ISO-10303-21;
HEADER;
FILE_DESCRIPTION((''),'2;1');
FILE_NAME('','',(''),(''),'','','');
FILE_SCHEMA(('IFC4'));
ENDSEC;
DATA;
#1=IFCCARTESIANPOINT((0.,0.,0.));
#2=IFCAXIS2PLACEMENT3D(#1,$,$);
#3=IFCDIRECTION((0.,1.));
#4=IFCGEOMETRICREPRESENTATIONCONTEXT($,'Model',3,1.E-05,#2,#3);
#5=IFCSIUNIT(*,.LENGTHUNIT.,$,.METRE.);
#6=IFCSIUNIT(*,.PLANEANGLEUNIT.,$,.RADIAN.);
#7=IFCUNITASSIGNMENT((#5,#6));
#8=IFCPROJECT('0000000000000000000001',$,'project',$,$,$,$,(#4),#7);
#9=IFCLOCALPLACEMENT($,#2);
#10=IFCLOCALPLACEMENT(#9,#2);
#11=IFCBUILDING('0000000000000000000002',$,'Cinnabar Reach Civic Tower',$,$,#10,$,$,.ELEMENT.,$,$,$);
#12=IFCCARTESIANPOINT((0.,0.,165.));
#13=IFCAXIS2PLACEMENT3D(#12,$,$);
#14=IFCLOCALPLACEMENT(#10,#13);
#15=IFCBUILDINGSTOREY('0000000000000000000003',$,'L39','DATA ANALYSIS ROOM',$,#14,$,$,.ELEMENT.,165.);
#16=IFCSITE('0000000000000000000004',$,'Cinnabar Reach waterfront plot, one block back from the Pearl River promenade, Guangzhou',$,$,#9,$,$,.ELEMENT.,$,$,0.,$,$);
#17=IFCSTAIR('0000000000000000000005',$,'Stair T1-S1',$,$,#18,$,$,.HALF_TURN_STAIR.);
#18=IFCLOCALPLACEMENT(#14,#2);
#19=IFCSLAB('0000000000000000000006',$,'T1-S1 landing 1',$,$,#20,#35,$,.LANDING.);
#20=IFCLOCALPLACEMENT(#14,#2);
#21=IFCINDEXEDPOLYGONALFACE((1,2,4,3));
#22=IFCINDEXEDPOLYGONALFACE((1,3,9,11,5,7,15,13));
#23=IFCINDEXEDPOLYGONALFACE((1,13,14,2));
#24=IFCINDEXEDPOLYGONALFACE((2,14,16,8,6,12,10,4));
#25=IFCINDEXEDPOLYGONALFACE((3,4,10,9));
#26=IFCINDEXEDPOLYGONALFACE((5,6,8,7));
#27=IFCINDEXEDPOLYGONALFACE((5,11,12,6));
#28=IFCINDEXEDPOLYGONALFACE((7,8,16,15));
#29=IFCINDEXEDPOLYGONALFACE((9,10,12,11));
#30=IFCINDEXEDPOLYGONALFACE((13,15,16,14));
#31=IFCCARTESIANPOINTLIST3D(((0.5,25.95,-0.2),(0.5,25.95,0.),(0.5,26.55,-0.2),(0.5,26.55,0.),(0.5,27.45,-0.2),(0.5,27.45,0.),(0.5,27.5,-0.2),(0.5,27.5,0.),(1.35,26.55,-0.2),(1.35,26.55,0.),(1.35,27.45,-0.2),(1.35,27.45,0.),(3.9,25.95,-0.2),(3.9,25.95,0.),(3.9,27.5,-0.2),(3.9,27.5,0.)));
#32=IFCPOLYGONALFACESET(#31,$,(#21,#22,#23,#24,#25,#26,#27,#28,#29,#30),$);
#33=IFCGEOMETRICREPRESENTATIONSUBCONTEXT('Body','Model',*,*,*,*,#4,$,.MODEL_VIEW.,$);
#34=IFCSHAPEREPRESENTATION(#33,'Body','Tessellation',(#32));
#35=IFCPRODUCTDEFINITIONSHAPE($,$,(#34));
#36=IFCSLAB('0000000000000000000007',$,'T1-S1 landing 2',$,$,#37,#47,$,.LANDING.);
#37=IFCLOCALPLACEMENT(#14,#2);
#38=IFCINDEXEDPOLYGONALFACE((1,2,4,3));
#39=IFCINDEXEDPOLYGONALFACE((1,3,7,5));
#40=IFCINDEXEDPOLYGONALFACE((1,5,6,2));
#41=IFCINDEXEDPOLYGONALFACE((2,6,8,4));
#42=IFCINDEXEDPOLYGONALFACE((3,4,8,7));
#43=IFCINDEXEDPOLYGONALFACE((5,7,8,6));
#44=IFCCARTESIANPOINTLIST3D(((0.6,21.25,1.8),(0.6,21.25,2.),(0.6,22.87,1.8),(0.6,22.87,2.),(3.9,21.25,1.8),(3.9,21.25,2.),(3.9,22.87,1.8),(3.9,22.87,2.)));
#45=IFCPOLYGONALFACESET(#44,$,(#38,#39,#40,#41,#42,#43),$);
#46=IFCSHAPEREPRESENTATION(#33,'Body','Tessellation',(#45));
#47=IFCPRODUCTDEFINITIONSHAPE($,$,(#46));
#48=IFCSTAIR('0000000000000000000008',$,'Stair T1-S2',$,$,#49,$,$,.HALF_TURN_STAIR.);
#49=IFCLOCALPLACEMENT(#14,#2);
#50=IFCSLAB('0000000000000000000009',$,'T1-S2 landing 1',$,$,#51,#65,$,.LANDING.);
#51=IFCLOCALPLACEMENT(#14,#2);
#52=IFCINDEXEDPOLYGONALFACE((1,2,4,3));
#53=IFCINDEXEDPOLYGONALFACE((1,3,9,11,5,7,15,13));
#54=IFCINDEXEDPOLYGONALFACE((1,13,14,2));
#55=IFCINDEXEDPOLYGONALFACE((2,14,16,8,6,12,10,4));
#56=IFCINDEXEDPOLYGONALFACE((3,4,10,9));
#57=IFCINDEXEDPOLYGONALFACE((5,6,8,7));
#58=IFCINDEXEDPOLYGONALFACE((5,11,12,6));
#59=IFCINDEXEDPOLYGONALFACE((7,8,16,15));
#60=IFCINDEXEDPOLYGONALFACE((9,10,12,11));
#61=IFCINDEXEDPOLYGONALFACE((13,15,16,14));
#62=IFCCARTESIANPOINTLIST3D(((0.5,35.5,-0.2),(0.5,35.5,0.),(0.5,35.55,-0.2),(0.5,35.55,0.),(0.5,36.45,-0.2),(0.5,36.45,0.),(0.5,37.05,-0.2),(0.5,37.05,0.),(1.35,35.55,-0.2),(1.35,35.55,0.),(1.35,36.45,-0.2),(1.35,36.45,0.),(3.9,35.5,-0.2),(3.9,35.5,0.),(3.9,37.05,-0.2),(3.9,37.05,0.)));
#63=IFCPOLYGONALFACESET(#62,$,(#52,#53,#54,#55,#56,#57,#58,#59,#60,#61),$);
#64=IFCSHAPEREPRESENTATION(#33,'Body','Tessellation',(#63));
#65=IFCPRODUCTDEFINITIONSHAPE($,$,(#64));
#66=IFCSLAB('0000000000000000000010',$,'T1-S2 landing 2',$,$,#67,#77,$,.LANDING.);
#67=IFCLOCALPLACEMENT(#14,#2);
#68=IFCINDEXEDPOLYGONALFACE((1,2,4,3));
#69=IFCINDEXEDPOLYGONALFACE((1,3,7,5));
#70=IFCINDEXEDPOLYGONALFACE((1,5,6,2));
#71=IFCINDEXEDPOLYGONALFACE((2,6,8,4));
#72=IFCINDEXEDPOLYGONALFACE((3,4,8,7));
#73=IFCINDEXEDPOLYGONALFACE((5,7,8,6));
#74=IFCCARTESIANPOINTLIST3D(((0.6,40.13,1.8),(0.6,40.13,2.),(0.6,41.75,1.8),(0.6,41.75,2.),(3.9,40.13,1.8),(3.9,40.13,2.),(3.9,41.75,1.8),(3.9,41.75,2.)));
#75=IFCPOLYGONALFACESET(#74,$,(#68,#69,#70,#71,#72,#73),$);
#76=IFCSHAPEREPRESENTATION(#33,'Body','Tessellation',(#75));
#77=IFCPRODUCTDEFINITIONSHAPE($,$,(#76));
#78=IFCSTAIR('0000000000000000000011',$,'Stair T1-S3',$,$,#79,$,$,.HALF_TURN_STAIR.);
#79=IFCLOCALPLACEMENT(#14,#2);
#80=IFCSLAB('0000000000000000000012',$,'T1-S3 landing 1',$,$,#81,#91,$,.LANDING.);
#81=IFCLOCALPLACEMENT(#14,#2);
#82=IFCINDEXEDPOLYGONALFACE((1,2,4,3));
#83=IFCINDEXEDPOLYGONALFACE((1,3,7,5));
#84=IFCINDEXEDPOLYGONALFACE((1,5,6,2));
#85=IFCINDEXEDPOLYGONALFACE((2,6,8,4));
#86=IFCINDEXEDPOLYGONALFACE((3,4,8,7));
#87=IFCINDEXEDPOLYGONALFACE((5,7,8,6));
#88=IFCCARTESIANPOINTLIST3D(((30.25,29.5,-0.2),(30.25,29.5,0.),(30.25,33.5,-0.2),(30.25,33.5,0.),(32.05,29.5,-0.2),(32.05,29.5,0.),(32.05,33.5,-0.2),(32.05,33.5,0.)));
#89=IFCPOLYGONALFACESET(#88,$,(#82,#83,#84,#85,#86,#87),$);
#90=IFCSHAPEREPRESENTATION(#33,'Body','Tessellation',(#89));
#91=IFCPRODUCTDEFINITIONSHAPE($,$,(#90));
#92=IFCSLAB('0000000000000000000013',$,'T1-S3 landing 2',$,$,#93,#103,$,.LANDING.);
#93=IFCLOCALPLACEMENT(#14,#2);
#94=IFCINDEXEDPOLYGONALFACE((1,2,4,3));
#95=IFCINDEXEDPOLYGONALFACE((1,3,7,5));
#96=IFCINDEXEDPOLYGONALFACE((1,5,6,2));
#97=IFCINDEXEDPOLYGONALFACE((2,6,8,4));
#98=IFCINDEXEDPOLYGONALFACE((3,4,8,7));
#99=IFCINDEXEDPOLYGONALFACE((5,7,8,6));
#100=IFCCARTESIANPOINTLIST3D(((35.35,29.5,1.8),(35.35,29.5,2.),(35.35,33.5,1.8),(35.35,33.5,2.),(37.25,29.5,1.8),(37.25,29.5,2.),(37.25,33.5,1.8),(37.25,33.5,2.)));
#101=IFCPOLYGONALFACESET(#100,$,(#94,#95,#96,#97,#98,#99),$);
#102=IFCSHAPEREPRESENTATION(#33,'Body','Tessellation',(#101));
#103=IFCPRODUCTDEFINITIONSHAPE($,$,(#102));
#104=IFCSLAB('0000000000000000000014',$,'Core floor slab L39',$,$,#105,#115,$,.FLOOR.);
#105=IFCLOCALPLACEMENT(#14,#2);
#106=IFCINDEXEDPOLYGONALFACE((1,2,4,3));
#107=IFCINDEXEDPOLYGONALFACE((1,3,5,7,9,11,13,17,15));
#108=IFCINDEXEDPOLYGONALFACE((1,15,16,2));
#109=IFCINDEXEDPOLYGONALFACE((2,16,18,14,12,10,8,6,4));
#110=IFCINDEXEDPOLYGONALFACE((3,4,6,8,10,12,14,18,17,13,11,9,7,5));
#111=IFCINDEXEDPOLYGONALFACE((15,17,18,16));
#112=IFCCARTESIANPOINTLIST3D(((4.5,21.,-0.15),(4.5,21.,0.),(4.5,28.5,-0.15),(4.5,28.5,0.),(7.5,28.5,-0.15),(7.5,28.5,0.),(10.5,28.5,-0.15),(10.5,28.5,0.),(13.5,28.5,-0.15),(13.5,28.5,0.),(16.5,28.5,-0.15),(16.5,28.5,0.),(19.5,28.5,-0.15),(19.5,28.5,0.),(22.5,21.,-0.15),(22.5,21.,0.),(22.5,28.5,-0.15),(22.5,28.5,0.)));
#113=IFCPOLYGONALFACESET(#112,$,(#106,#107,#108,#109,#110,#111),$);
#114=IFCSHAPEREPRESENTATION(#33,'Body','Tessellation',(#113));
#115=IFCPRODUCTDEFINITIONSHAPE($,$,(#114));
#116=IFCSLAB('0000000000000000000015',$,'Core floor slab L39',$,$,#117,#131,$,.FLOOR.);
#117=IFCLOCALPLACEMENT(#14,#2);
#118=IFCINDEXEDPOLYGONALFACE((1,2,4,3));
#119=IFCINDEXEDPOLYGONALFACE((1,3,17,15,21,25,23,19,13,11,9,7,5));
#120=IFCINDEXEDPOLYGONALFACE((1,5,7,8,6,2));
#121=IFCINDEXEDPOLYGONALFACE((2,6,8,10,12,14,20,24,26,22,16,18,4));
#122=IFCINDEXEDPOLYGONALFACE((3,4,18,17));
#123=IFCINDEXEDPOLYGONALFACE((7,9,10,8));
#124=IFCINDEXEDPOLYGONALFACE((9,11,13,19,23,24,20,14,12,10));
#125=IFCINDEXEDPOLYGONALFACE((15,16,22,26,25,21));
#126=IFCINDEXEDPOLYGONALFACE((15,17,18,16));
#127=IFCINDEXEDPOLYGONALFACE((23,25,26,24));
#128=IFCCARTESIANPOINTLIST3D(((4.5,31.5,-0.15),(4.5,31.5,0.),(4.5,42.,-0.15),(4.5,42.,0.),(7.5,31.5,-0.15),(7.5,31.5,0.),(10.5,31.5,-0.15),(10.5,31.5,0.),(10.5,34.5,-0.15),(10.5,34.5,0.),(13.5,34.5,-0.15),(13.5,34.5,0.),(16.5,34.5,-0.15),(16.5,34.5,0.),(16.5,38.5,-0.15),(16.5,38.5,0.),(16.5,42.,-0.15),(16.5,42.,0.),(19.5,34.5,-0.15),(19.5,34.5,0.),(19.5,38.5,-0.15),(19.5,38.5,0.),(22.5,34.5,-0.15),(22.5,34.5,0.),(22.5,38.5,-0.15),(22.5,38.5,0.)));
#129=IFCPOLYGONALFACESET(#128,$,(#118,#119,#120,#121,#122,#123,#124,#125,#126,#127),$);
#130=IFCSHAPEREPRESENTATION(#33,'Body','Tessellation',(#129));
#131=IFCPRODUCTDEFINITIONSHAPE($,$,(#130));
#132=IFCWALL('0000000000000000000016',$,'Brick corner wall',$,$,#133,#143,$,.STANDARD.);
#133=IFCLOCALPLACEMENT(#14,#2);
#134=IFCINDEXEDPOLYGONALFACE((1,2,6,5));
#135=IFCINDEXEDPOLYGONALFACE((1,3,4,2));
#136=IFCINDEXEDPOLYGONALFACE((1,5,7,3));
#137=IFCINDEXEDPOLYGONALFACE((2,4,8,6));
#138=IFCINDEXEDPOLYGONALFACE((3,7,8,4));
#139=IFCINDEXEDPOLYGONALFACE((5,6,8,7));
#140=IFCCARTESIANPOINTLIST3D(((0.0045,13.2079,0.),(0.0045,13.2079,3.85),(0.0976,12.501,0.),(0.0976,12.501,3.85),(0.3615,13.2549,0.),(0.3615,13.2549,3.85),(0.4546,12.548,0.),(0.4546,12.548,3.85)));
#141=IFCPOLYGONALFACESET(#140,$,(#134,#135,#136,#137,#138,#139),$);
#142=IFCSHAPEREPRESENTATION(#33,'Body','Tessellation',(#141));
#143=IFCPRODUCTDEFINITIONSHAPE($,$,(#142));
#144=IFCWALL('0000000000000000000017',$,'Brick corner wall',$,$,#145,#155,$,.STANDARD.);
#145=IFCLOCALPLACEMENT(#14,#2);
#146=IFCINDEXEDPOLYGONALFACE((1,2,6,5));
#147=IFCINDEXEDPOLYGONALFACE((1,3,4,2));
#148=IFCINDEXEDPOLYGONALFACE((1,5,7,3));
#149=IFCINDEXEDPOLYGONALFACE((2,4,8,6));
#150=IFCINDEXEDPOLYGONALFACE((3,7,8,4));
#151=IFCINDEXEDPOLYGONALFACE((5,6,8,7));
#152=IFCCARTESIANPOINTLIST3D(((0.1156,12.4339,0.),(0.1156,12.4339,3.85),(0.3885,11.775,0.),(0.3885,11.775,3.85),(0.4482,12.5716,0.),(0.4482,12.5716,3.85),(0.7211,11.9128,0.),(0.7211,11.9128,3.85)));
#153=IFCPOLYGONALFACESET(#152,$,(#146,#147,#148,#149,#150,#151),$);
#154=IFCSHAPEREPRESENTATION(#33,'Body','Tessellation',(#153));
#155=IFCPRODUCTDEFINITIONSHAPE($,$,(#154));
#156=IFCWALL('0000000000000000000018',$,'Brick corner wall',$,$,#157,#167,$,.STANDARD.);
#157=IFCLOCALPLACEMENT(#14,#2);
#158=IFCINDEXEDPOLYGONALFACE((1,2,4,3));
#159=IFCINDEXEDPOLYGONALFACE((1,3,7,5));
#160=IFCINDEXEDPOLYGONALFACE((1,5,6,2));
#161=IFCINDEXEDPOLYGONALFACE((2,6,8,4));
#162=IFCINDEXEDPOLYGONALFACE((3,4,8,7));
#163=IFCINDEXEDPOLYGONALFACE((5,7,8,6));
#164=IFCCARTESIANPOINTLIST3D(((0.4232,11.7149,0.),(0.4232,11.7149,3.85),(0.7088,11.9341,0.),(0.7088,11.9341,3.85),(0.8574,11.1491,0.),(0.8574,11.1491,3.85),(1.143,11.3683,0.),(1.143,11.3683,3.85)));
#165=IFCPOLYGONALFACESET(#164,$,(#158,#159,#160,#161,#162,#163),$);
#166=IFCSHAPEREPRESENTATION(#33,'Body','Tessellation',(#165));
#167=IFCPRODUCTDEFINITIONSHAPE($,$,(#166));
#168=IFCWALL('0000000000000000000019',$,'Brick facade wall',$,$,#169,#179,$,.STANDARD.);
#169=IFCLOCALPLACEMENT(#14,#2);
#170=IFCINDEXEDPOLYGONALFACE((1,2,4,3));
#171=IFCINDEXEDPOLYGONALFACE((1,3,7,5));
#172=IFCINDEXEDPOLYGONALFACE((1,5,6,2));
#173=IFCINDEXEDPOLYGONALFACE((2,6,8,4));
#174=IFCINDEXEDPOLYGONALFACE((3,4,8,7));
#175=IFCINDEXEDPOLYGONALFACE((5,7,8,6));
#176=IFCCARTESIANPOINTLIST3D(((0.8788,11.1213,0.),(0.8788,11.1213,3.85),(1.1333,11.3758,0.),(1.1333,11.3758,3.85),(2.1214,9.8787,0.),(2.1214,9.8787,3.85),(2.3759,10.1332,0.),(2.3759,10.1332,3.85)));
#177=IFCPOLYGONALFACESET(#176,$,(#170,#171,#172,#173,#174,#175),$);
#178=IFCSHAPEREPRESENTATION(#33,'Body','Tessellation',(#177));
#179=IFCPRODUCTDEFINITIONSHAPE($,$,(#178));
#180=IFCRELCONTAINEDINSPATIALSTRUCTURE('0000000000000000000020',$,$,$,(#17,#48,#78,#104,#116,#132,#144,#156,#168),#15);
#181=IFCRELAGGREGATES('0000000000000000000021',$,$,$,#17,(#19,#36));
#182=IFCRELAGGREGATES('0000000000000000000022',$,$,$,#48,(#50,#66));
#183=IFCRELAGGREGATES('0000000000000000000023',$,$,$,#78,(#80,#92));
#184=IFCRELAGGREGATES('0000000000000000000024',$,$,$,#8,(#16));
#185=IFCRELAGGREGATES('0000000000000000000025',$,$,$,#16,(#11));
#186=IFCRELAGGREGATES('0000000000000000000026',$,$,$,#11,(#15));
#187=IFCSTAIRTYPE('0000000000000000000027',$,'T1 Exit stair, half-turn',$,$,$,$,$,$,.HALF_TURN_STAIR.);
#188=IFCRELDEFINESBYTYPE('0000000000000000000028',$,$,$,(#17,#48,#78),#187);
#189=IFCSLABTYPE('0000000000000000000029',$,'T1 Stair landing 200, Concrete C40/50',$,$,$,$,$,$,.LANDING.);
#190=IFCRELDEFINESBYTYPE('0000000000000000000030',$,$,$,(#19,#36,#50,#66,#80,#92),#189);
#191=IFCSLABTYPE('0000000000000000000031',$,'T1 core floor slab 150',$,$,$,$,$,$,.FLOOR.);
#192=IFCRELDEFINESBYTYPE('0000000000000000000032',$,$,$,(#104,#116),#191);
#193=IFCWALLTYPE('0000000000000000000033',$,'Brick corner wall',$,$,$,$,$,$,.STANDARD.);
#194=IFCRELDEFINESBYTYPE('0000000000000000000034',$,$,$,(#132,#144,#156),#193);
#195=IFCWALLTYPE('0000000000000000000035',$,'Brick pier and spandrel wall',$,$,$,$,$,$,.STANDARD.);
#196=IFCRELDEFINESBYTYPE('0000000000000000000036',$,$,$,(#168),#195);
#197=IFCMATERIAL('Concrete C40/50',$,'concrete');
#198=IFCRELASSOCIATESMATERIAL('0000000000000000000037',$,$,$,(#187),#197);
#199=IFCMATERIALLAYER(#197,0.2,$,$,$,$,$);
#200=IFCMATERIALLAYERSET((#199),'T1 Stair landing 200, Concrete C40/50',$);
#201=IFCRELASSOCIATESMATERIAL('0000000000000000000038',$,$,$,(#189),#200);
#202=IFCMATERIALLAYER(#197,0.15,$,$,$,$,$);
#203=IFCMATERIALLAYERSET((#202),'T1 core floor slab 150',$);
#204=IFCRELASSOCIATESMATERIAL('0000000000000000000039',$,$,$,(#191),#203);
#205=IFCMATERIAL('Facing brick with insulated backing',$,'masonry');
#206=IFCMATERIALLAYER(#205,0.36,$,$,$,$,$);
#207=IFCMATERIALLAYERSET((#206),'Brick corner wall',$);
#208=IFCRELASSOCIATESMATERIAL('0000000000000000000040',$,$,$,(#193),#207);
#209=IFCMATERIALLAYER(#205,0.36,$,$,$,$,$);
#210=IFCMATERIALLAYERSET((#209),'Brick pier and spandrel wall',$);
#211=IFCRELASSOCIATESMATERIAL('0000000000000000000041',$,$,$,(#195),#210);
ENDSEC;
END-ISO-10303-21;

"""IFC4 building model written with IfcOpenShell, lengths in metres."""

from ifc_helpers import new_model, si_unit, direction, frame, frame_2d, origin, place, context, subcontext, project, spatial, polyline, rectangle, outline, extrude, material, layer, layer_set, type_object, element, aggregate, save


model = new_model("IFC4")

# Units and contexts
model_context = context("Model", 3, precision=1e-05, world=origin(), true_north=direction((0.0, 1.0)))
body_context = subcontext(model_context, "Body", "Model", "MODEL_VIEW")
ifc_project = project(units=[si_unit("LENGTHUNIT", "METRE"), si_unit("PLANEANGLEUNIT", "RADIAN")], contexts=[model_context])

# Site, building, storey
site_placement = place(None, origin())
site = spatial("IfcSite", under=ifc_project, at=site_placement, Name="Cinnabar Reach waterfront plot, one block back from the Pearl River promenade, Guangzhou", CompositionType="ELEMENT", RefElevation=0.0)
building_placement = place(site_placement, origin())
building = spatial("IfcBuilding", under=site, at=building_placement, Name="Cinnabar Reach Civic Tower", CompositionType="ELEMENT")
storey_placement = place(building_placement, frame((0.0, 0.0, 165.0)))
storey = spatial("IfcBuildingStorey", under=building, at=storey_placement, Name="L39", Description="DATA ANALYSIS ROOM", CompositionType="ELEMENT", Elevation=165.0)

# Stairs, slabs
ifc_material_1 = material(Name="Concrete C40/50", Category="concrete")
stair_type = type_object("IfcStairType", Name="T1 Exit stair, half-turn", PredefinedType="HALF_TURN_STAIR", material=ifc_material_1)
stair_1_placement = place(storey_placement, origin())
stair_1 = element("IfcStair", 1, at=stair_1_placement, inside=storey, type_object=stair_type, Name="Stair T1-S1", PredefinedType="HALF_TURN_STAIR")
ifc_layer_1 = layer(ifc_material_1, 0.2)
ifc_layer_set_1 = layer_set([ifc_layer_1], Name="T1 Stair landing 200, Concrete C40/50")
slab_type_1 = type_object("IfcSlabType", Name="T1 Stair landing 200, Concrete C40/50", PredefinedType="LANDING", material=ifc_layer_set_1)
slab_1_placement = place(storey_placement, frame((0.0, 0.0, -0.2)))
slab_1 = element("IfcSlab", 2, at=slab_1_placement, type_object=slab_type_1, Name="T1-S1 landing 1", PredefinedType="LANDING", context=body_context, shape_type="SweptSolid", body=[
    extrude(outline(polyline([(0.5, 27.5), (3.9, 27.5), (3.9, 25.95), (0.5, 25.95), (0.5, 26.55), (1.35, 26.55), (1.35, 27.45), (0.5, 27.45), (0.5, 27.5)])), origin(), (0.0, 0.0, 1.0), 0.2),
])
slab_2_placement = place(storey_placement, frame((0.0, 0.0, 1.8)))
slab_2 = element("IfcSlab", 3, at=slab_2_placement, type_object=slab_type_1, Name="T1-S1 landing 2", PredefinedType="LANDING", context=body_context, shape_type="SweptSolid", body=[
    extrude(outline(polyline([(0.6, 21.25), (0.6, 22.87), (3.9, 22.87), (3.9, 21.25), (0.6, 21.25)])), origin(), (0.0, 0.0, 1.0), 0.2),
])
aggregate(stair_1, [slab_1, slab_2])
stair_2_placement = place(storey_placement, origin())
stair_2 = element("IfcStair", 4, at=stair_2_placement, inside=storey, type_object=stair_type, Name="Stair T1-S2", PredefinedType="HALF_TURN_STAIR")
slab_3_placement = place(storey_placement, frame((0.0, 0.0, -0.2)))
slab_3 = element("IfcSlab", 5, at=slab_3_placement, type_object=slab_type_1, Name="T1-S2 landing 1", PredefinedType="LANDING", context=body_context, shape_type="SweptSolid", body=[
    extrude(outline(polyline([(0.5, 37.05), (3.9, 37.05), (3.9, 35.5), (0.5, 35.5), (0.5, 35.55), (1.35, 35.55), (1.35, 36.45), (0.5, 36.45), (0.5, 37.05)])), origin(), (0.0, 0.0, 1.0), 0.2),
])
slab_4_placement = place(storey_placement, frame((0.0, 0.0, 1.8)))
slab_4 = element("IfcSlab", 6, at=slab_4_placement, type_object=slab_type_1, Name="T1-S2 landing 2", PredefinedType="LANDING", context=body_context, shape_type="SweptSolid", body=[
    extrude(outline(polyline([(0.6, 40.13), (0.6, 41.75), (3.9, 41.75), (3.9, 40.13), (0.6, 40.13)])), origin(), (0.0, 0.0, 1.0), 0.2),
])
aggregate(stair_2, [slab_3, slab_4])
stair_3_placement = place(storey_placement, origin())
stair_3 = element("IfcStair", 7, at=stair_3_placement, inside=storey, type_object=stair_type, Name="Stair T1-S3", PredefinedType="HALF_TURN_STAIR")
slab_5_placement = place(storey_placement, frame((0.0, 0.0, -0.2)))
slab_5 = element("IfcSlab", 8, at=slab_5_placement, type_object=slab_type_1, Name="T1-S3 landing 1", PredefinedType="LANDING", context=body_context, shape_type="SweptSolid", body=[
    extrude(outline(polyline([(30.25, 29.5), (32.05, 29.5), (32.05, 33.5), (30.25, 33.5), (30.25, 29.5)])), origin(), (0.0, 0.0, 1.0), 0.2),
])
slab_6_placement = place(storey_placement, frame((0.0, 0.0, 1.8)))
slab_6 = element("IfcSlab", 9, at=slab_6_placement, type_object=slab_type_1, Name="T1-S3 landing 2", PredefinedType="LANDING", context=body_context, shape_type="SweptSolid", body=[
    extrude(outline(polyline([(35.35, 29.5), (37.25, 29.5), (37.25, 33.5), (35.35, 33.5), (35.35, 29.5)])), origin(), (0.0, 0.0, 1.0), 0.2),
])
aggregate(stair_3, [slab_5, slab_6])

# Slabs
ifc_layer_2 = layer(ifc_material_1, 0.15)
ifc_layer_set_2 = layer_set([ifc_layer_2], Name="T1 core floor slab 150")
slab_type_2 = type_object("IfcSlabType", Name="T1 core floor slab 150", PredefinedType="FLOOR", material=ifc_layer_set_2)
slab_7_placement = place(storey_placement, frame((0.0, 0.0, -0.15)))
element("IfcSlab", 10, at=slab_7_placement, inside=storey, type_object=slab_type_2, Name="Core floor slab L39", PredefinedType="FLOOR", context=body_context, shape_type="SweptSolid", body=[
    extrude(outline(polyline([(22.5, 21.0), (4.5, 21.0), (4.5, 28.5), (7.5, 28.5), (10.5, 28.5), (13.5, 28.5), (16.5, 28.5), (19.5, 28.5), (22.5, 28.5), (22.5, 21.0)])), origin(), (0.0, 0.0, 1.0), 0.15),
])
slab_8_placement = place(storey_placement, frame((0.0, 0.0, -0.15)))
element("IfcSlab", 11, at=slab_8_placement, inside=storey, type_object=slab_type_2, Name="Core floor slab L39", PredefinedType="FLOOR", context=body_context, shape_type="SweptSolid", body=[
    extrude(outline(polyline([(22.5, 34.5), (19.5, 34.5), (16.5, 34.5), (13.5, 34.5), (10.5, 34.5), (10.5, 31.5), (7.5, 31.5), (4.5, 31.5), (4.5, 42.0), (16.5, 42.0), (16.5, 38.5), (19.5, 38.5), (22.5, 38.5), (22.5, 34.5)])), origin(), (0.0, 0.0, 1.0), 0.15),
])

# Walls
ifc_material_2 = material(Name="Facing brick with insulated backing", Category="masonry")
ifc_layer_3 = layer(ifc_material_2, 0.36)
ifc_layer_set_3 = layer_set([ifc_layer_3], Name="Brick corner wall")
wall_type_1 = type_object("IfcWallType", Name="Brick corner wall", PredefinedType="STANDARD", material=ifc_layer_set_3)
for number, where, z_axis, x_axis, name in (
    (12, (0.183, 13.2314, 0.0), (0.0, 0.0, 1.0), (0.130556, -0.991441, 0.0), "Brick corner wall"),
    (13, (0.2819, 12.5027, 0.0), (0.0, 0.0, 1.0), (0.382703, -0.923872, 0.0), "Brick corner wall"),
):
    element("IfcWall", number, at=place(storey_placement, frame(where, z_axis=z_axis, x_axis=x_axis)), inside=storey, type_object=wall_type_1, Name=name, PredefinedType="STANDARD", context=body_context, shape_type="SweptSolid", body=[
        extrude(rectangle(XDim=0.7131, YDim=0.36, at=frame_2d((0.3565, 0.0))), origin(), (0.0, 0.0, 1.0), 3.85),
    ])
wall_1_placement = place(storey_placement, frame((0.566, 11.8245, 0.0), z_axis=(0.0, 0.0, 1.0), x_axis=(0.608802, -0.793322, 0.0)))
element("IfcWall", 14, at=wall_1_placement, inside=storey, type_object=wall_type_1, Name="Brick corner wall", PredefinedType="STANDARD", context=body_context, shape_type="SweptSolid", body=[
    extrude(rectangle(XDim=0.7132, YDim=0.36, at=frame_2d((0.3566, 0.0))), origin(), (0.0, 0.0, 1.0), 3.85),
])
ifc_layer_4 = layer(ifc_material_2, 0.36)
ifc_layer_set_4 = layer_set([ifc_layer_4], Name="Brick pier and spandrel wall")
wall_type_2 = type_object("IfcWallType", Name="Brick pier and spandrel wall", PredefinedType="STANDARD", material=ifc_layer_set_4)
wall_2_placement = place(storey_placement, frame((1.006, 11.2486, 0.0), z_axis=(0.0, 0.0, 1.0), x_axis=(0.707107, -0.707107, 0.0)))
element("IfcWall", 15, at=wall_2_placement, inside=storey, type_object=wall_type_2, Name="Brick facade wall", PredefinedType="STANDARD", context=body_context, shape_type="SweptSolid", body=[
    extrude(rectangle(XDim=1.7573, YDim=0.36, at=frame_2d((0.8787, 0.0))), origin(), (0.0, 0.0, 1.0), 3.85),
])

save(model, "model.ifc")
